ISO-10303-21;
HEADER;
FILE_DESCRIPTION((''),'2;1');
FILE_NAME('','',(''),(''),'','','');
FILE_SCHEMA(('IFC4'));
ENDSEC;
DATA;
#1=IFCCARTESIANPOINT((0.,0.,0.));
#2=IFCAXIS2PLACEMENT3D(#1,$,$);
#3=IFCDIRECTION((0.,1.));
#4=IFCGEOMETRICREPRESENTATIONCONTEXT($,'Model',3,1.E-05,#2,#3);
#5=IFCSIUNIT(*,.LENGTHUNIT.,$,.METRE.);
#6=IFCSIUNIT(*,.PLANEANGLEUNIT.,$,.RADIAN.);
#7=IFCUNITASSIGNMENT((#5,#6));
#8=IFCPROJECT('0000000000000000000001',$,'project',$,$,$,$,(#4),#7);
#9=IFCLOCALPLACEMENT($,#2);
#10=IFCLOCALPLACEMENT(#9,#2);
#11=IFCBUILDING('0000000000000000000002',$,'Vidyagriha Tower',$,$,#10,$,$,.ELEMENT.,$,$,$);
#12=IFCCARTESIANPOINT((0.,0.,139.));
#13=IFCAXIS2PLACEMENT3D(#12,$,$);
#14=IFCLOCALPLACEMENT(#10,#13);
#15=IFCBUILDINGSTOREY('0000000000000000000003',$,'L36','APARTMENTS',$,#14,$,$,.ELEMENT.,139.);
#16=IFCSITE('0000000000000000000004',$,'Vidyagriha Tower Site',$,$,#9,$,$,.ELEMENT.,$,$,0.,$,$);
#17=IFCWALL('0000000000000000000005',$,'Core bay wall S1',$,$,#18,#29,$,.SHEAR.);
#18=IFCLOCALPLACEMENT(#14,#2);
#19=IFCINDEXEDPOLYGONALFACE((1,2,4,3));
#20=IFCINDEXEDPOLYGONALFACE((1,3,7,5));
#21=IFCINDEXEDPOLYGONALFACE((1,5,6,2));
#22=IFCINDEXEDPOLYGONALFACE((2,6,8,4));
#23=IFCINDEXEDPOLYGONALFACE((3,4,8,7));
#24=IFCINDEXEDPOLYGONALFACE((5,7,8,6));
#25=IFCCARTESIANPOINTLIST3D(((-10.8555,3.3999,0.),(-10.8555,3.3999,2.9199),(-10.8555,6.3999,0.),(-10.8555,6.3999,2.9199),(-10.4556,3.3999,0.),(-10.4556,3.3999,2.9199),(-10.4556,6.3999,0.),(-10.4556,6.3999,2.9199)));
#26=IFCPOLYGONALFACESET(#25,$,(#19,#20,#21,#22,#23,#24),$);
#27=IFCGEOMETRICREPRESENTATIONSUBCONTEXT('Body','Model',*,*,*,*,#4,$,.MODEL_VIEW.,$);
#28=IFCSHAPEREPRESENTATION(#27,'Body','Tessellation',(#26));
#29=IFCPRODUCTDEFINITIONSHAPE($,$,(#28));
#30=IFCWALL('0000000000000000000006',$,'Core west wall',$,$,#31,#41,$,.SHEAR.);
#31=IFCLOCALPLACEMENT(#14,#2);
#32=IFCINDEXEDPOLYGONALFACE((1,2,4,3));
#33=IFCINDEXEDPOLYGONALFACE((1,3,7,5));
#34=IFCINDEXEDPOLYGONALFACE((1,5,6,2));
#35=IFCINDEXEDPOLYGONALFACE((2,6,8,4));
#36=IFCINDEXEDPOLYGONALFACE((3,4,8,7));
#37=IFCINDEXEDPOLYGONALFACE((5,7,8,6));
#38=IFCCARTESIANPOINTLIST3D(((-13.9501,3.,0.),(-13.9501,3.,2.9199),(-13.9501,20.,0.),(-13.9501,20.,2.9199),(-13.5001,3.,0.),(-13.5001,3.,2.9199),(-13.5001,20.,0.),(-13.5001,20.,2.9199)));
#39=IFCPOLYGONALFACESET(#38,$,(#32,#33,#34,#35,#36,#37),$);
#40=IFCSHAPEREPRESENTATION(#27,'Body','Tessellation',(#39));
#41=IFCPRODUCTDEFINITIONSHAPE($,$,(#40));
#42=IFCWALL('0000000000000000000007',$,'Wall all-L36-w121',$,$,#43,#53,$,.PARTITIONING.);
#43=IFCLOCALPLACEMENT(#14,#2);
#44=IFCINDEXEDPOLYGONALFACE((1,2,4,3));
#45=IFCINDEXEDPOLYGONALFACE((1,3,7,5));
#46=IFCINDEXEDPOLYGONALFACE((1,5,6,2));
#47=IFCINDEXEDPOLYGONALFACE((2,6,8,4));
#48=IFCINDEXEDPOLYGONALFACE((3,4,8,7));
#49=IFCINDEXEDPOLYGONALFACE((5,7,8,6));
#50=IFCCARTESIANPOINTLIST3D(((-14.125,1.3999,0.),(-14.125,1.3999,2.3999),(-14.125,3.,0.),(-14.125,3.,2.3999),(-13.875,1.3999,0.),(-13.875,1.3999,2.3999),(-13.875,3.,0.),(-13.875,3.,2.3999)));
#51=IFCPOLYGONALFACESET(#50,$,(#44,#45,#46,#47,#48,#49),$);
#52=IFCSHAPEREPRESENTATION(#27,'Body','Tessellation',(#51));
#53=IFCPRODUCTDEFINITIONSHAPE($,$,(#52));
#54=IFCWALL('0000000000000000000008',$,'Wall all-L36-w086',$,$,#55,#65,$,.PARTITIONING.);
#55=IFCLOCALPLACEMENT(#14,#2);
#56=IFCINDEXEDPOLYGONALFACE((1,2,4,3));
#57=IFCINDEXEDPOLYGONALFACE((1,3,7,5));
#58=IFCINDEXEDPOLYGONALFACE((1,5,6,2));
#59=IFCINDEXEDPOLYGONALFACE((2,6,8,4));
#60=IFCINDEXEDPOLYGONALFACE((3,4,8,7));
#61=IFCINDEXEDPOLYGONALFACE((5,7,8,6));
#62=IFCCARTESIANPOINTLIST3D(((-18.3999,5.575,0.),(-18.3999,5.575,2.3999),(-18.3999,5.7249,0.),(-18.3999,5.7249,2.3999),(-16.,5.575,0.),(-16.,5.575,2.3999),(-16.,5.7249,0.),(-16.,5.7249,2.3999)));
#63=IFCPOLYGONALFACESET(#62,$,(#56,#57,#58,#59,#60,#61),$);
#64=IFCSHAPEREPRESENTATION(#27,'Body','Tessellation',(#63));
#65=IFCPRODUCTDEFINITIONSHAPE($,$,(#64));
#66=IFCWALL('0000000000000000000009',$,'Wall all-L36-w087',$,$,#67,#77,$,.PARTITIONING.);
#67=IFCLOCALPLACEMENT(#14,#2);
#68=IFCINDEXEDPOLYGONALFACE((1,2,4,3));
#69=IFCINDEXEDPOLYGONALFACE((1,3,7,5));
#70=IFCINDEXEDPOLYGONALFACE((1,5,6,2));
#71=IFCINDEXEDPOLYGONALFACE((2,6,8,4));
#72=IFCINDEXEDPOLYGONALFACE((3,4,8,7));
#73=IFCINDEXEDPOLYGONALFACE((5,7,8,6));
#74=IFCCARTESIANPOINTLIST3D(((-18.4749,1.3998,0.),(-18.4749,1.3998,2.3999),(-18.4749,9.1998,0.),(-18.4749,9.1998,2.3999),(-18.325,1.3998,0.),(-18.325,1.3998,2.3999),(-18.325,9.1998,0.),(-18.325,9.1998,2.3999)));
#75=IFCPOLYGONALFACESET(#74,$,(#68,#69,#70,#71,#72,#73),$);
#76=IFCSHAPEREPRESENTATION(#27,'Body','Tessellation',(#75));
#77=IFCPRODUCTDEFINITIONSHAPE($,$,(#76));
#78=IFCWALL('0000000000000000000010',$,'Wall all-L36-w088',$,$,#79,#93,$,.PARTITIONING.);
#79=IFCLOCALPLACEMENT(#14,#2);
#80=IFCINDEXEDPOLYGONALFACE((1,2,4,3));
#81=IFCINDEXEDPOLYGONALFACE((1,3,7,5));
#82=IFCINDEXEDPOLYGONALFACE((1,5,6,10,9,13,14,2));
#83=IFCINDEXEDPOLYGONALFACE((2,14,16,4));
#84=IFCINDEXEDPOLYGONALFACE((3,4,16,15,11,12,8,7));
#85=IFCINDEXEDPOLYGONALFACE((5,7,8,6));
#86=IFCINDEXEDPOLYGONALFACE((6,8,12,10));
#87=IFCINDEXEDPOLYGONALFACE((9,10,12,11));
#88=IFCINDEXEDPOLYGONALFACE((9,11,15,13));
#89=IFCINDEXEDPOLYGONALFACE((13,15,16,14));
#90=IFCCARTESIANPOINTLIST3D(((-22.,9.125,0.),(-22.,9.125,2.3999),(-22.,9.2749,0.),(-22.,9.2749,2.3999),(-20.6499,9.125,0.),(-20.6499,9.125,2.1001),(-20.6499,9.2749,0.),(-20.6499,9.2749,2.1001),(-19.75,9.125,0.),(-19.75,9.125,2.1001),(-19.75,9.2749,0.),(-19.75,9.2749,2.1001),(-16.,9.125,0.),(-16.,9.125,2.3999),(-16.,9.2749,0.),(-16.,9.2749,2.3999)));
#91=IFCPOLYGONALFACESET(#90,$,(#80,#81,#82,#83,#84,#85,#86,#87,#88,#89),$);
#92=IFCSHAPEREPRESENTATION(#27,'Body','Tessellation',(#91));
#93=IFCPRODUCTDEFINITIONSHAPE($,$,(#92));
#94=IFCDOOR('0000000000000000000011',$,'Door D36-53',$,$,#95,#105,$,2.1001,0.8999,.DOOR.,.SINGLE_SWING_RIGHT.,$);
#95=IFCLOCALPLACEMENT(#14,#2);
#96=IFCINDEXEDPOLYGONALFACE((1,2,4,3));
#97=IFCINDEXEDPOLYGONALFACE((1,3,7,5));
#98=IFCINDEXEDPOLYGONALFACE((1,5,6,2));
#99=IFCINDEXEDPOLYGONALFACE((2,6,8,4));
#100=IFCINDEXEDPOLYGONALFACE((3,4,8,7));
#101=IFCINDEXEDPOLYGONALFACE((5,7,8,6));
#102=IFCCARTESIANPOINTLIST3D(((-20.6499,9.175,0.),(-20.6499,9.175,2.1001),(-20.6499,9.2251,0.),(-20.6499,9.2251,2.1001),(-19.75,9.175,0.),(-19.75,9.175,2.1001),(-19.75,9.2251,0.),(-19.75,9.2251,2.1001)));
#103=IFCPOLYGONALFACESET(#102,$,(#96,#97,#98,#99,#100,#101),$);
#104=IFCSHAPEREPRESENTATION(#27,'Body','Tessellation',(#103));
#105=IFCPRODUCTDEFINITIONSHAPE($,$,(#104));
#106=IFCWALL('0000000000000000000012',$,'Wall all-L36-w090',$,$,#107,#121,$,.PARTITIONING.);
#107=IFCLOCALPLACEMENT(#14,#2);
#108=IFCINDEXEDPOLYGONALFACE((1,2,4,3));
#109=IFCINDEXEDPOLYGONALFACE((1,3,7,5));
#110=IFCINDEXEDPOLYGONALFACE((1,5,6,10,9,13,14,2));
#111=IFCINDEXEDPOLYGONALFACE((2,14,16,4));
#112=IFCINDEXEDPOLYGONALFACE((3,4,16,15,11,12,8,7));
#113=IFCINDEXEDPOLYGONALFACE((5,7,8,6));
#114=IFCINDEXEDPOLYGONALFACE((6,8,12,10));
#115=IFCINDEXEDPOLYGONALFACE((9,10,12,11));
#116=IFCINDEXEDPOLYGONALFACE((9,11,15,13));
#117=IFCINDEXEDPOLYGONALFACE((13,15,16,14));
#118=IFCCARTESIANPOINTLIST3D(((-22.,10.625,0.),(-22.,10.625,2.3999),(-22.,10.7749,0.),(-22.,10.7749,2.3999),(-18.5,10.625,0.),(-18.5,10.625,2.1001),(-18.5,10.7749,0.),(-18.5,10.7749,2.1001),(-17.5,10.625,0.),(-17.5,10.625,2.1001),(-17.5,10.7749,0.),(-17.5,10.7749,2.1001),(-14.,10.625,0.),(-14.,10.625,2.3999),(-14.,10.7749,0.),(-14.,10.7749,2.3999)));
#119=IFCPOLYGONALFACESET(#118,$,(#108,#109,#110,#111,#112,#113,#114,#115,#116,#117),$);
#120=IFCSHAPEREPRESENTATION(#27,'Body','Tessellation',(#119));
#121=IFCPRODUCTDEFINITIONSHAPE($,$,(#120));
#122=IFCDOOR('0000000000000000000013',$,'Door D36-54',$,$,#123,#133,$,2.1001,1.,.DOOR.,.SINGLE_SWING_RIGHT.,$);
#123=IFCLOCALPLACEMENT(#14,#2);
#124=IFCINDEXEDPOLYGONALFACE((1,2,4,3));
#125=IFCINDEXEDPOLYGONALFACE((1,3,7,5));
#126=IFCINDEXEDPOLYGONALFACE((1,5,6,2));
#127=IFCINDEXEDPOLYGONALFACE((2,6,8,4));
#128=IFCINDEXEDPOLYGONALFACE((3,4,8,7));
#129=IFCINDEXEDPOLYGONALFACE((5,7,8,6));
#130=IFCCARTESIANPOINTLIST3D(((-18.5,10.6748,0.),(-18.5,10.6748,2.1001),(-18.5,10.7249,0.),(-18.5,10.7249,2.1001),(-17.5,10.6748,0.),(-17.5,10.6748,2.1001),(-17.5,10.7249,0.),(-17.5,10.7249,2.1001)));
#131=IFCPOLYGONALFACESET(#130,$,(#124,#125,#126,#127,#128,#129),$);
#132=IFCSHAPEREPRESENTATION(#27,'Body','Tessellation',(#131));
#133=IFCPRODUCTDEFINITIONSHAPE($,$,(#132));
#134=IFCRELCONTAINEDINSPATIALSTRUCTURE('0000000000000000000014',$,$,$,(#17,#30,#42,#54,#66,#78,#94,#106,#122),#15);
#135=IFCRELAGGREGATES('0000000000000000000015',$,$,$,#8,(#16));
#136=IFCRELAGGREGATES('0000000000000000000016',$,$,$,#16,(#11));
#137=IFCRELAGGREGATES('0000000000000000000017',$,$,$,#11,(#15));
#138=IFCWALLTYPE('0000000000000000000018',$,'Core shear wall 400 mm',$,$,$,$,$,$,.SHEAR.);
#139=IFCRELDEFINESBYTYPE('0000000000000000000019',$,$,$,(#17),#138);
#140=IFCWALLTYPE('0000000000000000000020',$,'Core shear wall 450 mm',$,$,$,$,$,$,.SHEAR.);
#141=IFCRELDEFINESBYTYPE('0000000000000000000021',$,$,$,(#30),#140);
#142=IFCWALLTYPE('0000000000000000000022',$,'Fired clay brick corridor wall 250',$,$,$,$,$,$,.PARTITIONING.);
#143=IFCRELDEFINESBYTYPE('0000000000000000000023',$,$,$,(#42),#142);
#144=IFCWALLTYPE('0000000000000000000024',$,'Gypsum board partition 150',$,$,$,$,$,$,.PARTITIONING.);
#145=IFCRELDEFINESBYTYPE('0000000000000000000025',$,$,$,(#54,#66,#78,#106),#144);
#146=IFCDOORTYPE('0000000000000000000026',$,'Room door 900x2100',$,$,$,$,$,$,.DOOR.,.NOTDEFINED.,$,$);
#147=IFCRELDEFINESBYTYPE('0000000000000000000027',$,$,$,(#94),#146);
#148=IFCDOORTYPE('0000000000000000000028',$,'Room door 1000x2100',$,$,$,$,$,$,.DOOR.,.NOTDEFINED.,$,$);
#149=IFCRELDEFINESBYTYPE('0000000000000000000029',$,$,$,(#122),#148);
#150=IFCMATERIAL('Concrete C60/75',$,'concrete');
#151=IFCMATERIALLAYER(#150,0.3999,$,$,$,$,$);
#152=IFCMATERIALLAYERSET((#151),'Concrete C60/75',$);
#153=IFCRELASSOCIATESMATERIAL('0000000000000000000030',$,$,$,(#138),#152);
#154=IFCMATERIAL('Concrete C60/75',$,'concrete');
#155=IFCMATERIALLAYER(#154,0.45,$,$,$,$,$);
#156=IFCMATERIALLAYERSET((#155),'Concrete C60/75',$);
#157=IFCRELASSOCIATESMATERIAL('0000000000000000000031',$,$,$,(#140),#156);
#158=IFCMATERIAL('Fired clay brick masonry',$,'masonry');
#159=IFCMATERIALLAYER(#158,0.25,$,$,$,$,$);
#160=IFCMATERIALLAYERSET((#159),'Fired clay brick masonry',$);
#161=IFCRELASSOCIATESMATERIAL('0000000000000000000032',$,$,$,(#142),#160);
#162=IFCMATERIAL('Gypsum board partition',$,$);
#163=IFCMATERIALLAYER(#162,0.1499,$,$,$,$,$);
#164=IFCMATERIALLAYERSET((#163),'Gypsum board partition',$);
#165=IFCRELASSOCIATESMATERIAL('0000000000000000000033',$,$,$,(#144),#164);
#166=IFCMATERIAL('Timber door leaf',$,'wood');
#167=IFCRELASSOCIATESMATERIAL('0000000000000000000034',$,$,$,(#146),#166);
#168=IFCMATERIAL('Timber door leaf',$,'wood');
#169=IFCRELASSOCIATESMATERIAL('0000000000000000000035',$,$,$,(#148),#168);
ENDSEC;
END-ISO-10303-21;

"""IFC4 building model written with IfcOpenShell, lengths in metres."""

from ifc_helpers import new_model, si_unit, direction, frame, frame_2d, origin, place, context, subcontext, project, spatial, rectangle, extrude, material, layer, layer_set, type_object, element, fill, save


model = new_model("IFC4")

# Units and contexts
model_context = context("Model", 3, precision=1e-05, world=origin(), true_north=direction((0.0, 1.0)))
body_context = subcontext(model_context, "Body", "Model", "MODEL_VIEW")
ifc_project = project(units=[si_unit("LENGTHUNIT", "METRE"), si_unit("PLANEANGLEUNIT", "RADIAN")], contexts=[model_context])

# Site, building, storey
site_placement = place(None, origin())
site = spatial("IfcSite", under=ifc_project, at=site_placement, Name="Vidyagriha Tower Site", CompositionType="ELEMENT", RefElevation=0.0)
building_placement = place(site_placement, origin())
building = spatial("IfcBuilding", under=site, at=building_placement, Name="Vidyagriha Tower", CompositionType="ELEMENT")
storey_placement = place(building_placement, frame((0.0, 0.0, 139.0)))
storey = spatial("IfcBuildingStorey", under=building, at=storey_placement, Name="L36", Description="APARTMENTS", CompositionType="ELEMENT", Elevation=139.0)

# Shared definitions
ifc_material_1 = material(Name="Concrete C60/75", Category="concrete")
ifc_layer_1 = layer(ifc_material_1, 0.3999)
ifc_layer_set_1 = layer_set([ifc_layer_1], Name="Concrete C60/75")
wall_type_1 = type_object("IfcWallType", Name="Core shear wall 400 mm", PredefinedType="SHEAR", material=ifc_layer_set_1)

# Walls
wall_1_placement = place(storey_placement, frame((-10.6555, 3.3999, 0.0), z_axis=(0.0, 0.0, 1.0), x_axis=(0.0, 1.0, 0.0)))
element("IfcWall", 1, at=wall_1_placement, inside=storey, type_object=wall_type_1, Name="Core bay wall S1", PredefinedType="SHEAR", context=body_context, shape_type="SweptSolid", body=[
    extrude(rectangle(XDim=3.0, YDim=0.3999, at=frame_2d((1.5, 0.0))), origin(), (0.0, 0.0, 1.0), 2.9199),
])
ifc_material_2 = material(Name="Concrete C60/75", Category="concrete")
ifc_layer_2 = layer(ifc_material_2, 0.45)
ifc_layer_set_2 = layer_set([ifc_layer_2], Name="Concrete C60/75")
wall_type_2 = type_object("IfcWallType", Name="Core shear wall 450 mm", PredefinedType="SHEAR", material=ifc_layer_set_2)
wall_2_placement = place(storey_placement, frame((-13.7251, 3.0, 0.0), z_axis=(0.0, 0.0, 1.0), x_axis=(0.0, 1.0, 0.0)))
element("IfcWall", 2, at=wall_2_placement, inside=storey, type_object=wall_type_2, Name="Core west wall", PredefinedType="SHEAR", context=body_context, shape_type="SweptSolid", body=[
    extrude(rectangle(XDim=17.0, YDim=0.45, at=frame_2d((8.5, 0.0))), origin(), (0.0, 0.0, 1.0), 2.9199),
])
ifc_material_3 = material(Name="Fired clay brick masonry", Category="masonry")
ifc_layer_3 = layer(ifc_material_3, 0.25)
ifc_layer_set_3 = layer_set([ifc_layer_3], Name="Fired clay brick masonry")
wall_type_3 = type_object("IfcWallType", Name="Fired clay brick corridor wall 250", PredefinedType="PARTITIONING", material=ifc_layer_set_3)
wall_3_placement = place(storey_placement, frame((-14.0, 3.0, 0.0), z_axis=(0.0, 0.0, 1.0), x_axis=(0.0, -1.0, 0.0)))
element("IfcWall", 3, at=wall_3_placement, inside=storey, type_object=wall_type_3, Name="Wall all-L36-w121", PredefinedType="PARTITIONING", context=body_context, shape_type="SweptSolid", body=[
    extrude(rectangle(XDim=1.6001, YDim=0.25, at=frame_2d((0.8, 0.0))), origin(), (0.0, 0.0, 1.0), 2.3999),
])
ifc_material_4 = material(Name="Gypsum board partition")
ifc_layer_4 = layer(ifc_material_4, 0.1499)
ifc_layer_set_4 = layer_set([ifc_layer_4], Name="Gypsum board partition")
wall_type_4 = type_object("IfcWallType", Name="Gypsum board partition 150", PredefinedType="PARTITIONING", material=ifc_layer_set_4)
wall_4_placement = place(storey_placement, frame((-18.3999, 5.6499, 0.0)))
element("IfcWall", 4, at=wall_4_placement, inside=storey, type_object=wall_type_4, Name="Wall all-L36-w086", PredefinedType="PARTITIONING", context=body_context, shape_type="SweptSolid", body=[
    extrude(rectangle(XDim=2.3999, YDim=0.1499, at=frame_2d((1.2, 0.0))), origin(), (0.0, 0.0, 1.0), 2.3999),
])
wall_5_placement = place(storey_placement, frame((-18.3999, 1.3999, 0.0), z_axis=(0.0, 0.0, 1.0), x_axis=(0.0, 1.0, 0.0)))
element("IfcWall", 5, at=wall_5_placement, inside=storey, type_object=wall_type_4, Name="Wall all-L36-w087", PredefinedType="PARTITIONING", context=body_context, shape_type="SweptSolid", body=[
    extrude(rectangle(XDim=7.8, YDim=0.1499, at=frame_2d((3.8999, 0.0))), origin(), (0.0, 0.0, 1.0), 2.3999),
])

# Walls, openings, doors
wall_6_placement = place(storey_placement, frame((-16.0, 9.2, 0.0), z_axis=(0.0, 0.0, 1.0), x_axis=(-1.0, 0.0, 0.0)))
wall_6 = element("IfcWall", 6, at=wall_6_placement, inside=storey, type_object=wall_type_4, Name="Wall all-L36-w088", PredefinedType="PARTITIONING", context=body_context, shape_type="SweptSolid", body=[
    extrude(rectangle(XDim=6.0, YDim=0.1499, at=frame_2d((3.0, 0.0))), origin(), (0.0, 0.0, 1.0), 2.3999),
])
opening_1_placement = place(wall_6_placement, frame((3.75, 0.0, 0.0)))
opening_1 = element("IfcOpeningElement", 7, at=opening_1_placement, cuts=wall_6, PredefinedType="OPENING", context=body_context, shape_type="SweptSolid", body=[
    extrude(rectangle(XDim=0.8999, YDim=2.1001, at=frame_2d((0.45, 1.05))), frame((0.0, 0.085, 0.0), z_axis=(0.0, -1.0, 0.0), x_axis=(1.0, 0.0, 0.0)), (0.0, 0.0, 1.0), 0.1699),
])
ifc_material_5 = material(Name="Timber door leaf", Category="wood")
door_type_1 = type_object("IfcDoorType", Name="Room door 900x2100", OperationType="NOTDEFINED", PredefinedType="DOOR", material=ifc_material_5)
door_1_placement = place(opening_1_placement, origin())
door_1 = element("IfcDoor", 8, at=door_1_placement, inside=storey, type_object=door_type_1, Name="Door D36-53", OperationType="SINGLE_SWING_RIGHT", OverallHeight=2.1001, OverallWidth=0.8999, PredefinedType="DOOR", context=body_context, shape_type="SweptSolid", body=[
    extrude(rectangle(XDim=0.8999, YDim=2.1001, at=frame_2d((0.45, 1.05))), frame((0.0, 0.0249, 0.0), z_axis=(0.0, -1.0, 0.0), x_axis=(1.0, 0.0, 0.0)), (0.0, 0.0, 1.0), 0.05),
])
fill(opening_1, door_1)
wall_7_placement = place(storey_placement, frame((-22.0, 10.7, 0.0)))
wall_7 = element("IfcWall", 9, at=wall_7_placement, inside=storey, type_object=wall_type_4, Name="Wall all-L36-w090", PredefinedType="PARTITIONING", context=body_context, shape_type="SweptSolid", body=[
    extrude(rectangle(XDim=8.0, YDim=0.1499, at=frame_2d((4.0, 0.0))), origin(), (0.0, 0.0, 1.0), 2.3999),
])
opening_2_placement = place(wall_7_placement, frame((3.5, 0.0, 0.0)))
opening_2 = element("IfcOpeningElement", 10, at=opening_2_placement, cuts=wall_7, PredefinedType="OPENING", context=body_context, shape_type="SweptSolid", body=[
    extrude(rectangle(XDim=1.0, YDim=2.1001, at=frame_2d((0.5, 1.05))), frame((0.0, 0.085, 0.0), z_axis=(0.0, -1.0, 0.0), x_axis=(1.0, 0.0, 0.0)), (0.0, 0.0, 1.0), 0.1699),
])
ifc_material_6 = material(Name="Timber door leaf", Category="wood")
door_type_2 = type_object("IfcDoorType", Name="Room door 1000x2100", OperationType="NOTDEFINED", PredefinedType="DOOR", material=ifc_material_6)
door_2_placement = place(opening_2_placement, origin())
door_2 = element("IfcDoor", 11, at=door_2_placement, inside=storey, type_object=door_type_2, Name="Door D36-54", OperationType="SINGLE_SWING_RIGHT", OverallHeight=2.1001, OverallWidth=1.0, PredefinedType="DOOR", context=body_context, shape_type="SweptSolid", body=[
    extrude(rectangle(XDim=1.0, YDim=2.1001, at=frame_2d((0.5, 1.05))), frame((0.0, 0.0249, 0.0), z_axis=(0.0, -1.0, 0.0), x_axis=(1.0, 0.0, 0.0)), (0.0, 0.0, 1.0), 0.05),
])
fill(opening_2, door_2)

save(model, "model.ifc")
